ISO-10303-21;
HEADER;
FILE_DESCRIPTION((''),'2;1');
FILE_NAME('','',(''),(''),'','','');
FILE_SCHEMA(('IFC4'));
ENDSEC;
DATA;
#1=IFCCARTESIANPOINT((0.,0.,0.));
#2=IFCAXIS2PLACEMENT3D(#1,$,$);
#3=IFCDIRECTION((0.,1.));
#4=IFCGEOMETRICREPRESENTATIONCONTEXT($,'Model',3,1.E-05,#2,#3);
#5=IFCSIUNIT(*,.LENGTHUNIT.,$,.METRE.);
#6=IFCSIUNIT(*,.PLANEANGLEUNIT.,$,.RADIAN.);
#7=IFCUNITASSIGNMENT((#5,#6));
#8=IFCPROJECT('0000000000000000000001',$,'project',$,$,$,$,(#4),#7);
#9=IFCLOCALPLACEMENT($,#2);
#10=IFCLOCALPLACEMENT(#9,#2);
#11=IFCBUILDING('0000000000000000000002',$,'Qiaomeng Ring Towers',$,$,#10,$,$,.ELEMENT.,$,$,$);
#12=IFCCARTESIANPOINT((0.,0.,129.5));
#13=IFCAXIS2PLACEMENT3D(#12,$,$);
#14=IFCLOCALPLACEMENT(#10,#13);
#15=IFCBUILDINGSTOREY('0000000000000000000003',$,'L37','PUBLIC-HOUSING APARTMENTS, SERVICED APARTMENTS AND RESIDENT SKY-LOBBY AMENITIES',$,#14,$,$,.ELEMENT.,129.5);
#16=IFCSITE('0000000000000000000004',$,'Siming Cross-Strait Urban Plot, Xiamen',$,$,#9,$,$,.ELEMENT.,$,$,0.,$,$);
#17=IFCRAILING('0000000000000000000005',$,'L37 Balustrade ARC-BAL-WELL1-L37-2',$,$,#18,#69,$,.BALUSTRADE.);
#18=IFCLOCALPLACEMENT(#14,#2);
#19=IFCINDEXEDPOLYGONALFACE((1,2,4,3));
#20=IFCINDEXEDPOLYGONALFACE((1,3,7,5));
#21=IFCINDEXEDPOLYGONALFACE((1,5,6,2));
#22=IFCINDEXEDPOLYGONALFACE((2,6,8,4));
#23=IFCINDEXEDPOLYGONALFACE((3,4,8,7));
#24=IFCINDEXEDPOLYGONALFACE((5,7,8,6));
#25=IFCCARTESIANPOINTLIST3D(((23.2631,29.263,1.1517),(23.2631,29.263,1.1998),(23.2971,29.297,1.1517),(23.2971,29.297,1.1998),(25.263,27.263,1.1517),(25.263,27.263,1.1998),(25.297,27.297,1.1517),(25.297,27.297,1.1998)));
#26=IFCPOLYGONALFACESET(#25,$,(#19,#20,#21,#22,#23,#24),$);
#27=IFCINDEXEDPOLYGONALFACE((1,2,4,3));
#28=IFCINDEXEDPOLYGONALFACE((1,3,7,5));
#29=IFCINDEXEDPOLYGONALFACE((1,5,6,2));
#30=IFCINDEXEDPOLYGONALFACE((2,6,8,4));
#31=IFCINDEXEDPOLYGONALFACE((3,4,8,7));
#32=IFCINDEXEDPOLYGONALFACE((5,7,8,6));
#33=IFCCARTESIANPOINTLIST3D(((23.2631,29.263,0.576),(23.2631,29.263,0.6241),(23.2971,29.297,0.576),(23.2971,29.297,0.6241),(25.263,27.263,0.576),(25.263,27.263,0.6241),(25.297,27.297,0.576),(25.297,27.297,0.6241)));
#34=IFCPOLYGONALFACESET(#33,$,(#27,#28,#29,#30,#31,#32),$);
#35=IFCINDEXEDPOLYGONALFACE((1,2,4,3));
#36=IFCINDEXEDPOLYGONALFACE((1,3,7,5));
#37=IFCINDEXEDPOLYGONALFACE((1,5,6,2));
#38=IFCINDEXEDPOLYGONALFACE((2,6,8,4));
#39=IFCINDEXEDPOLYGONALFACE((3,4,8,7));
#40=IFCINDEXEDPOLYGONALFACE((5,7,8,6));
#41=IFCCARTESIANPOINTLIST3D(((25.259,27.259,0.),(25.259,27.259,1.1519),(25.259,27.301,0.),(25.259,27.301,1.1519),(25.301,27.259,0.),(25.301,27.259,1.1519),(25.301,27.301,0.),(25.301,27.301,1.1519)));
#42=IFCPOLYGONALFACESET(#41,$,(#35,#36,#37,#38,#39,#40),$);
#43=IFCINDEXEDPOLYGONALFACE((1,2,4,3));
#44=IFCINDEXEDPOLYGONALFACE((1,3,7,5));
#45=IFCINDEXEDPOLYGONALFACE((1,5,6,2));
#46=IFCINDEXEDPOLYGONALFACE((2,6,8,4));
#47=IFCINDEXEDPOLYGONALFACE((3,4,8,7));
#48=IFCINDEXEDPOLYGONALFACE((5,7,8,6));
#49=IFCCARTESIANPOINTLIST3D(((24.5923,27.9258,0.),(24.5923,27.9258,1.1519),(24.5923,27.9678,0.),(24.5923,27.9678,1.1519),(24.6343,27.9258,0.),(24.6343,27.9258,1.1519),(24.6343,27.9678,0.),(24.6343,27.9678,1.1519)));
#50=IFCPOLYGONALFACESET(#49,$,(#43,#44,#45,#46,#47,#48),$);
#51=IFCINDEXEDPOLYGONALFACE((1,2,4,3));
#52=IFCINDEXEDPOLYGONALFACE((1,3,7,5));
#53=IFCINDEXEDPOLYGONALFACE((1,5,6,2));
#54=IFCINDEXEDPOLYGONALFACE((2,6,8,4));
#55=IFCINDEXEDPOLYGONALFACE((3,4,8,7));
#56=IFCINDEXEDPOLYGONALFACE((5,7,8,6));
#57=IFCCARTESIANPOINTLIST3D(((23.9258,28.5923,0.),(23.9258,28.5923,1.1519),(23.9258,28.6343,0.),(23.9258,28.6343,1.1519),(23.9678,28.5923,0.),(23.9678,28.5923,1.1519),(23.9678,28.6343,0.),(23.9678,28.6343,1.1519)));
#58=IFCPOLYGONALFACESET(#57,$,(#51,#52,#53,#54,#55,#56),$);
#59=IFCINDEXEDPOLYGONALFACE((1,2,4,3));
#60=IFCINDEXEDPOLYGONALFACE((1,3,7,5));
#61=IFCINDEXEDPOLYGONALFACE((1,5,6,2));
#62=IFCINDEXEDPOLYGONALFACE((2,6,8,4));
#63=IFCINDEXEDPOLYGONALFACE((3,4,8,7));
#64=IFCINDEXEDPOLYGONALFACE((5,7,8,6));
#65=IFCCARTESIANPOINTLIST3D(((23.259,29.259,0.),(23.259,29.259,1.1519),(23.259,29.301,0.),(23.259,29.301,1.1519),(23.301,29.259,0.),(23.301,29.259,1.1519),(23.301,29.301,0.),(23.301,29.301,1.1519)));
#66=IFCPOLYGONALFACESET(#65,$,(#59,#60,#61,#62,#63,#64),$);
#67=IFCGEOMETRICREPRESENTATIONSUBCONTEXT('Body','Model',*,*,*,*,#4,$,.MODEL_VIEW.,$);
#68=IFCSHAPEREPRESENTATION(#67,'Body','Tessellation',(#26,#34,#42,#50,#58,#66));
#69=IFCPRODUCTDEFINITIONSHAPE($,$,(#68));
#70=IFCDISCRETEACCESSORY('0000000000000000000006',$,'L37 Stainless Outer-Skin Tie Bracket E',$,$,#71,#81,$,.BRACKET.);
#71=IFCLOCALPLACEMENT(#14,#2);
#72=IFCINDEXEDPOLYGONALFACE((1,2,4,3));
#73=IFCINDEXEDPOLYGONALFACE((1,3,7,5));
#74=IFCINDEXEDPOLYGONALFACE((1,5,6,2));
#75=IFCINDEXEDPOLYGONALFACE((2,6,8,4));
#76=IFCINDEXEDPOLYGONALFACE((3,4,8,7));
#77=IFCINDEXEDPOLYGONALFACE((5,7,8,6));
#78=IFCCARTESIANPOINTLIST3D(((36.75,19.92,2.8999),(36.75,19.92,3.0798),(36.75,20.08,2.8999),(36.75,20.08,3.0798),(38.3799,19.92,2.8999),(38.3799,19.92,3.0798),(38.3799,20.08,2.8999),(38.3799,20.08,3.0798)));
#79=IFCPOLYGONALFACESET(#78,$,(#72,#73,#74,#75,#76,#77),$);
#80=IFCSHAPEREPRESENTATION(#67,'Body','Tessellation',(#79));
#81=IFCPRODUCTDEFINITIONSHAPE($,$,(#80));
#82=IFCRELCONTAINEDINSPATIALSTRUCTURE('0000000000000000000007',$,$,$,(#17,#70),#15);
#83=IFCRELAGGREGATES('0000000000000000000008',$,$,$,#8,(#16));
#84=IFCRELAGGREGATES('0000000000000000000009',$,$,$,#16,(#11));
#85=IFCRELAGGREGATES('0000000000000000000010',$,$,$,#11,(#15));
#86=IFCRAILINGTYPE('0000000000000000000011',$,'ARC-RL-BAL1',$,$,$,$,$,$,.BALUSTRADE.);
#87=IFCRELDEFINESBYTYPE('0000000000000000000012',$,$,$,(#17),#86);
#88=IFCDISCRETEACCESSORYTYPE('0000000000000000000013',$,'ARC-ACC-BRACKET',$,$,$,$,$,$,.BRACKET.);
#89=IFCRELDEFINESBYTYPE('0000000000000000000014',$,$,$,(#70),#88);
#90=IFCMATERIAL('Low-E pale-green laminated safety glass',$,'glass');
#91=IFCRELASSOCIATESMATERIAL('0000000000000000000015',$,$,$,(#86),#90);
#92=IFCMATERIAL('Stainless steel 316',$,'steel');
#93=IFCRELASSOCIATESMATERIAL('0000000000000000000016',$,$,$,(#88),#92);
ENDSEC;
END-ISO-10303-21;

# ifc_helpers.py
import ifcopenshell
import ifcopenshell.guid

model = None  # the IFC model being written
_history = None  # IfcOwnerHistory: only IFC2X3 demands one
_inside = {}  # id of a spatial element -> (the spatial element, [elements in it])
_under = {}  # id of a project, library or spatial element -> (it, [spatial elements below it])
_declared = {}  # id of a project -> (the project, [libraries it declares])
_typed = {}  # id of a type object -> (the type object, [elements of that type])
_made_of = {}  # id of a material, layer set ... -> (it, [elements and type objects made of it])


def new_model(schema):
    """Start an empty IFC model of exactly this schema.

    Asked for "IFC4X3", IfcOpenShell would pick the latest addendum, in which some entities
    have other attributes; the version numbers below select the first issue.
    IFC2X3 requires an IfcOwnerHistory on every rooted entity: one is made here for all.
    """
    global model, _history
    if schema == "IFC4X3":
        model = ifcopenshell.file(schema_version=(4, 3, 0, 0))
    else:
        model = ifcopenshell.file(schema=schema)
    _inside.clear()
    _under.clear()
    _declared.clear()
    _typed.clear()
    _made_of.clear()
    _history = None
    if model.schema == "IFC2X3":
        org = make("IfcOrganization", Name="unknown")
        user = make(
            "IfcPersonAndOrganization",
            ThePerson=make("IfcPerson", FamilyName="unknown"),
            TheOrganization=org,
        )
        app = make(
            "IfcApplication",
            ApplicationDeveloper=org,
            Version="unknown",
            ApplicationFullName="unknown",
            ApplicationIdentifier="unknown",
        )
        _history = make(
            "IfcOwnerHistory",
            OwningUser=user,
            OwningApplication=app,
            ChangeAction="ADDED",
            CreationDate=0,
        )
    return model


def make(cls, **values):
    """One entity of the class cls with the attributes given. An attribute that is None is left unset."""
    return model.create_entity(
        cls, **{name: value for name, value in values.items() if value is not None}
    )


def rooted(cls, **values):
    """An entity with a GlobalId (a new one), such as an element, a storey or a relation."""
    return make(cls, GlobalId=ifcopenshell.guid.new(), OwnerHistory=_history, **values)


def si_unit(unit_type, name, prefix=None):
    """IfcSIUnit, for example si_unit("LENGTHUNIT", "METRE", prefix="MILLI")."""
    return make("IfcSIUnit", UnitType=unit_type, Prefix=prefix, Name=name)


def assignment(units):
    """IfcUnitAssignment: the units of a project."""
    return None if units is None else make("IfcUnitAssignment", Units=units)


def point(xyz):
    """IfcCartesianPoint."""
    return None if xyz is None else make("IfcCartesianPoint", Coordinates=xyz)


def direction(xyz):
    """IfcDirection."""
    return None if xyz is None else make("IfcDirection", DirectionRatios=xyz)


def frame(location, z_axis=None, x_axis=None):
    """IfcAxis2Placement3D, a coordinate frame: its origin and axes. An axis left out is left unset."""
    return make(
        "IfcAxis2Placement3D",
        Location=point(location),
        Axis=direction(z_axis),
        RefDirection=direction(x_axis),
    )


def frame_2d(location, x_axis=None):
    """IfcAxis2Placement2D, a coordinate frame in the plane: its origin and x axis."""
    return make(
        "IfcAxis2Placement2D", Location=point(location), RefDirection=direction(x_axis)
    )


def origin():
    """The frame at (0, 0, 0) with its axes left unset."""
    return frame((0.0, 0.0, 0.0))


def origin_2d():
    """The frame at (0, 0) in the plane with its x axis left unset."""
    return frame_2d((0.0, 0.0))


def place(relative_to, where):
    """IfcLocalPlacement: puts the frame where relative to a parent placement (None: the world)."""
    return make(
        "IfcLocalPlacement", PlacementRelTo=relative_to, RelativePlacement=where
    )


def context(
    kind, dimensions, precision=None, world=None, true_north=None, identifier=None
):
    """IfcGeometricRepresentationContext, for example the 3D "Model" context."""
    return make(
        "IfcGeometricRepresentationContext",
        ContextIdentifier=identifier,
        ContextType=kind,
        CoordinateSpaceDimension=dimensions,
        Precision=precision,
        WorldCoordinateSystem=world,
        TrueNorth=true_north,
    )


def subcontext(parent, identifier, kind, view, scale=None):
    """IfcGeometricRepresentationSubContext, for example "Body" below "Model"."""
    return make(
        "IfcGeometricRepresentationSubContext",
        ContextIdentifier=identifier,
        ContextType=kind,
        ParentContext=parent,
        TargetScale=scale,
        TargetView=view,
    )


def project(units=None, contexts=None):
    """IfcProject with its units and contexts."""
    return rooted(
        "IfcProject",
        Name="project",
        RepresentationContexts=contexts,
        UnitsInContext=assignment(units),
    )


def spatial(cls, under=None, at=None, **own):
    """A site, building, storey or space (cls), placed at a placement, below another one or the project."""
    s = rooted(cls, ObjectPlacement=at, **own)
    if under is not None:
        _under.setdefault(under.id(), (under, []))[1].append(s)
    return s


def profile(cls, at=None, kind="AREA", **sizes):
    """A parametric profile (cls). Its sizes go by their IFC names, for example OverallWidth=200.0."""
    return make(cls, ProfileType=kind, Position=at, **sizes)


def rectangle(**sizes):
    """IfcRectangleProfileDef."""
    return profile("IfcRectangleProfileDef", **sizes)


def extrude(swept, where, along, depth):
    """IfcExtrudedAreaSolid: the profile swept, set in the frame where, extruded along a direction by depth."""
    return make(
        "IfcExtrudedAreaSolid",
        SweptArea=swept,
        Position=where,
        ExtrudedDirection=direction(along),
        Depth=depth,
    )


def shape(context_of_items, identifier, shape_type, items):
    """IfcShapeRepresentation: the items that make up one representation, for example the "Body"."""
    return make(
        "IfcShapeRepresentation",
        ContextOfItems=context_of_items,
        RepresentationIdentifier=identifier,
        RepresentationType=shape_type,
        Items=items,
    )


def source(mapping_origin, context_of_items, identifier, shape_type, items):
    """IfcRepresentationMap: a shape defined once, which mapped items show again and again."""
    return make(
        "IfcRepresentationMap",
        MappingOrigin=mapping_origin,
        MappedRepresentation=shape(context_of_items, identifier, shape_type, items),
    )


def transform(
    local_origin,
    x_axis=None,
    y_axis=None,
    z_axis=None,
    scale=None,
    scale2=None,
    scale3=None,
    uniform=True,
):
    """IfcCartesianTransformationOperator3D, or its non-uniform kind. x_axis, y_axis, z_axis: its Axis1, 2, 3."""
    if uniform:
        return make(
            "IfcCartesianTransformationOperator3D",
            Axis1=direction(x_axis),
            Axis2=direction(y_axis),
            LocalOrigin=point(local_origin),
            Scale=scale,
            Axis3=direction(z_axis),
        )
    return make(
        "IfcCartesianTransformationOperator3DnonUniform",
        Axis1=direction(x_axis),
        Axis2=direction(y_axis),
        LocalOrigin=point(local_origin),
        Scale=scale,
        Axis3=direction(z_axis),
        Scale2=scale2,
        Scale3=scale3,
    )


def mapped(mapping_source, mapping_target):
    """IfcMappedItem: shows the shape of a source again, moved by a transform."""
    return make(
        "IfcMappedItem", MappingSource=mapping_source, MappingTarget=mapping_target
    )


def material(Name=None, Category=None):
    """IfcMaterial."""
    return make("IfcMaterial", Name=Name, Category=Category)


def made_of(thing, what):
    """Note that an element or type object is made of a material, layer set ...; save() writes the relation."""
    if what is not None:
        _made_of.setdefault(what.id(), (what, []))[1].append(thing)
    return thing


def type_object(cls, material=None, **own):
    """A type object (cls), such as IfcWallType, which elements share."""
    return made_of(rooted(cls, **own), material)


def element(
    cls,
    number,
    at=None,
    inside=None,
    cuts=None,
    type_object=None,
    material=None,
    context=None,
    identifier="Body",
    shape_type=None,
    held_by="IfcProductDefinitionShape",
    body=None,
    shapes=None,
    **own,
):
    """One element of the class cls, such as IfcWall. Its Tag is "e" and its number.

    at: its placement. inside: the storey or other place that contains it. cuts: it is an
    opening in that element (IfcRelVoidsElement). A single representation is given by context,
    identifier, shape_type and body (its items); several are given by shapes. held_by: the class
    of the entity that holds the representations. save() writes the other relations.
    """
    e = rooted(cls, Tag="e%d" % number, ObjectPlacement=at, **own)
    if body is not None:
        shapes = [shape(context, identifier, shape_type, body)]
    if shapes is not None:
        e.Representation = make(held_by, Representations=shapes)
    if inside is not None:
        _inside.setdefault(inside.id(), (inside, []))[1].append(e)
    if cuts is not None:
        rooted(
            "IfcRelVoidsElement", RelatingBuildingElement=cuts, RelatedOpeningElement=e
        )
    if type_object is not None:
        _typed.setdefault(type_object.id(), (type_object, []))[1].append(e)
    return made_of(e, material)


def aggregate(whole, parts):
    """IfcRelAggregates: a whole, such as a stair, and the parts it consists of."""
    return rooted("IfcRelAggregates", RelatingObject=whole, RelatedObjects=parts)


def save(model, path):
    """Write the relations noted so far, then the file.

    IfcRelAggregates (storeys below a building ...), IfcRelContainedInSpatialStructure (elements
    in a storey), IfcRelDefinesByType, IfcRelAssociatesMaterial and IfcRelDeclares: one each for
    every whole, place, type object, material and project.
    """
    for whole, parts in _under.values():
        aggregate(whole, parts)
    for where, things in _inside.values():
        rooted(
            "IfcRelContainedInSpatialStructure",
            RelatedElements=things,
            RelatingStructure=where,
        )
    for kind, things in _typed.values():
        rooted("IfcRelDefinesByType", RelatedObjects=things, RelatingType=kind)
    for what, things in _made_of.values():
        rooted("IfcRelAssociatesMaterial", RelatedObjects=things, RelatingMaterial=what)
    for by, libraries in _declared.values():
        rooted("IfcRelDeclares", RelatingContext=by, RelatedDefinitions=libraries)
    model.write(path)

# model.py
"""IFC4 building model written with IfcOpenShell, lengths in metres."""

from ifc_helpers import new_model, si_unit, direction, frame, origin, origin_2d, place, context, subcontext, project, spatial, rectangle, extrude, source, transform, mapped, material, type_object, element, save


model = new_model("IFC4")

# Units and contexts
model_context = context("Model", 3, precision=1e-05, world=origin(), true_north=direction((0.0, 1.0)))
body_context = subcontext(model_context, "Body", "Model", "MODEL_VIEW")
ifc_project = project(units=[si_unit("LENGTHUNIT", "METRE"), si_unit("PLANEANGLEUNIT", "RADIAN")], contexts=[model_context])

# Site, building, storey
site_placement = place(None, origin())
site = spatial("IfcSite", under=ifc_project, at=site_placement, Name="Siming Cross-Strait Urban Plot, Xiamen", CompositionType="ELEMENT", RefElevation=0.0)
building_placement = place(site_placement, origin())
building = spatial("IfcBuilding", under=site, at=building_placement, Name="Qiaomeng Ring Towers", CompositionType="ELEMENT")
storey_placement = place(building_placement, frame((0.0, 0.0, 129.5)))
storey = spatial("IfcBuildingStorey", under=building, at=storey_placement, Name="L37", Description="PUBLIC-HOUSING APARTMENTS, SERVICED APARTMENTS AND RESIDENT SKY-LOBBY AMENITIES", CompositionType="ELEMENT", Elevation=129.5)

# Shared definitions
ifc_material_1 = material(Name="Stainless steel 316", Category="steel")

# Railing
ifc_material_2 = material(Name="Low-E pale-green laminated safety glass", Category="glass")
railing_type = type_object("IfcRailingType", Name="ARC-RL-BAL1", PredefinedType="BALUSTRADE", material=ifc_material_2)
railing_placement = place(storey_placement, frame((25.28, 27.28, 0.0)))
element("IfcRailing", 1, at=railing_placement, inside=storey, type_object=railing_type, Name="L37 Balustrade ARC-BAL-WELL1-L37-2", PredefinedType="BALUSTRADE", context=body_context, shape_type="SweptSolid", body=[
    extrude(rectangle(XDim=0.0481, YDim=0.0481, at=origin_2d()), frame((0.0, 0.0, 1.1758), z_axis=(-0.707107, 0.707107, 0.0), x_axis=(-0.707107, -0.707107, 0.0)), (0.0, 0.0, 1.0), 2.8284),
    extrude(rectangle(XDim=0.0481, YDim=0.0481, at=origin_2d()), frame((0.0, 0.0, 0.6001), z_axis=(-0.707107, 0.707107, 0.0), x_axis=(-0.707107, -0.707107, 0.0)), (0.0, 0.0, 1.0), 2.8284),
    extrude(rectangle(XDim=0.042, YDim=0.042, at=origin_2d()), origin(), (0.0, 0.0, 1.0), 1.1519),
    extrude(rectangle(XDim=0.042, YDim=0.042, at=origin_2d()), frame((-0.6667, 0.6667, 0.0)), (0.0, 0.0, 1.0), 1.1519),
    extrude(rectangle(XDim=0.042, YDim=0.042, at=origin_2d()), frame((-1.3333, 1.3333, 0.0)), (0.0, 0.0, 1.0), 1.1519),
    extrude(rectangle(XDim=0.042, YDim=0.042, at=origin_2d()), frame((-2.0, 2.0, 0.0)), (0.0, 0.0, 1.0), 1.1519),
])

# Discrete accessory
discrete_accessory_type = type_object("IfcDiscreteAccessoryType", Name="ARC-ACC-BRACKET", PredefinedType="BRACKET", material=ifc_material_1)
shared_shape_1 = source(origin(), body_context, "Body", "SweptSolid", [
    extrude(rectangle(XDim=1.6299, YDim=0.1599, at=origin_2d()), origin(), (0.0, 0.0, 1.0), 0.1799),
])
discrete_accessory_placement = place(storey_placement, frame((37.5649, 20.0, 2.8999), z_axis=(0.0, 0.0, 1.0), x_axis=(1.0, 0.0, 0.0)))
element("IfcDiscreteAccessory", 2, at=discrete_accessory_placement, inside=storey, type_object=discrete_accessory_type, Name="L37 Stainless Outer-Skin Tie Bracket E", PredefinedType="BRACKET", context=body_context, shape_type="MappedRepresentation", body=[
    mapped(shared_shape_1, transform((0.0, 0.0, 0.0), x_axis=(1.0, 0.0, 0.0), y_axis=(0.0, 1.0, 0.0), z_axis=(0.0, 0.0, 1.0), scale=1.0)),
])

save(model, "model.ifc")
